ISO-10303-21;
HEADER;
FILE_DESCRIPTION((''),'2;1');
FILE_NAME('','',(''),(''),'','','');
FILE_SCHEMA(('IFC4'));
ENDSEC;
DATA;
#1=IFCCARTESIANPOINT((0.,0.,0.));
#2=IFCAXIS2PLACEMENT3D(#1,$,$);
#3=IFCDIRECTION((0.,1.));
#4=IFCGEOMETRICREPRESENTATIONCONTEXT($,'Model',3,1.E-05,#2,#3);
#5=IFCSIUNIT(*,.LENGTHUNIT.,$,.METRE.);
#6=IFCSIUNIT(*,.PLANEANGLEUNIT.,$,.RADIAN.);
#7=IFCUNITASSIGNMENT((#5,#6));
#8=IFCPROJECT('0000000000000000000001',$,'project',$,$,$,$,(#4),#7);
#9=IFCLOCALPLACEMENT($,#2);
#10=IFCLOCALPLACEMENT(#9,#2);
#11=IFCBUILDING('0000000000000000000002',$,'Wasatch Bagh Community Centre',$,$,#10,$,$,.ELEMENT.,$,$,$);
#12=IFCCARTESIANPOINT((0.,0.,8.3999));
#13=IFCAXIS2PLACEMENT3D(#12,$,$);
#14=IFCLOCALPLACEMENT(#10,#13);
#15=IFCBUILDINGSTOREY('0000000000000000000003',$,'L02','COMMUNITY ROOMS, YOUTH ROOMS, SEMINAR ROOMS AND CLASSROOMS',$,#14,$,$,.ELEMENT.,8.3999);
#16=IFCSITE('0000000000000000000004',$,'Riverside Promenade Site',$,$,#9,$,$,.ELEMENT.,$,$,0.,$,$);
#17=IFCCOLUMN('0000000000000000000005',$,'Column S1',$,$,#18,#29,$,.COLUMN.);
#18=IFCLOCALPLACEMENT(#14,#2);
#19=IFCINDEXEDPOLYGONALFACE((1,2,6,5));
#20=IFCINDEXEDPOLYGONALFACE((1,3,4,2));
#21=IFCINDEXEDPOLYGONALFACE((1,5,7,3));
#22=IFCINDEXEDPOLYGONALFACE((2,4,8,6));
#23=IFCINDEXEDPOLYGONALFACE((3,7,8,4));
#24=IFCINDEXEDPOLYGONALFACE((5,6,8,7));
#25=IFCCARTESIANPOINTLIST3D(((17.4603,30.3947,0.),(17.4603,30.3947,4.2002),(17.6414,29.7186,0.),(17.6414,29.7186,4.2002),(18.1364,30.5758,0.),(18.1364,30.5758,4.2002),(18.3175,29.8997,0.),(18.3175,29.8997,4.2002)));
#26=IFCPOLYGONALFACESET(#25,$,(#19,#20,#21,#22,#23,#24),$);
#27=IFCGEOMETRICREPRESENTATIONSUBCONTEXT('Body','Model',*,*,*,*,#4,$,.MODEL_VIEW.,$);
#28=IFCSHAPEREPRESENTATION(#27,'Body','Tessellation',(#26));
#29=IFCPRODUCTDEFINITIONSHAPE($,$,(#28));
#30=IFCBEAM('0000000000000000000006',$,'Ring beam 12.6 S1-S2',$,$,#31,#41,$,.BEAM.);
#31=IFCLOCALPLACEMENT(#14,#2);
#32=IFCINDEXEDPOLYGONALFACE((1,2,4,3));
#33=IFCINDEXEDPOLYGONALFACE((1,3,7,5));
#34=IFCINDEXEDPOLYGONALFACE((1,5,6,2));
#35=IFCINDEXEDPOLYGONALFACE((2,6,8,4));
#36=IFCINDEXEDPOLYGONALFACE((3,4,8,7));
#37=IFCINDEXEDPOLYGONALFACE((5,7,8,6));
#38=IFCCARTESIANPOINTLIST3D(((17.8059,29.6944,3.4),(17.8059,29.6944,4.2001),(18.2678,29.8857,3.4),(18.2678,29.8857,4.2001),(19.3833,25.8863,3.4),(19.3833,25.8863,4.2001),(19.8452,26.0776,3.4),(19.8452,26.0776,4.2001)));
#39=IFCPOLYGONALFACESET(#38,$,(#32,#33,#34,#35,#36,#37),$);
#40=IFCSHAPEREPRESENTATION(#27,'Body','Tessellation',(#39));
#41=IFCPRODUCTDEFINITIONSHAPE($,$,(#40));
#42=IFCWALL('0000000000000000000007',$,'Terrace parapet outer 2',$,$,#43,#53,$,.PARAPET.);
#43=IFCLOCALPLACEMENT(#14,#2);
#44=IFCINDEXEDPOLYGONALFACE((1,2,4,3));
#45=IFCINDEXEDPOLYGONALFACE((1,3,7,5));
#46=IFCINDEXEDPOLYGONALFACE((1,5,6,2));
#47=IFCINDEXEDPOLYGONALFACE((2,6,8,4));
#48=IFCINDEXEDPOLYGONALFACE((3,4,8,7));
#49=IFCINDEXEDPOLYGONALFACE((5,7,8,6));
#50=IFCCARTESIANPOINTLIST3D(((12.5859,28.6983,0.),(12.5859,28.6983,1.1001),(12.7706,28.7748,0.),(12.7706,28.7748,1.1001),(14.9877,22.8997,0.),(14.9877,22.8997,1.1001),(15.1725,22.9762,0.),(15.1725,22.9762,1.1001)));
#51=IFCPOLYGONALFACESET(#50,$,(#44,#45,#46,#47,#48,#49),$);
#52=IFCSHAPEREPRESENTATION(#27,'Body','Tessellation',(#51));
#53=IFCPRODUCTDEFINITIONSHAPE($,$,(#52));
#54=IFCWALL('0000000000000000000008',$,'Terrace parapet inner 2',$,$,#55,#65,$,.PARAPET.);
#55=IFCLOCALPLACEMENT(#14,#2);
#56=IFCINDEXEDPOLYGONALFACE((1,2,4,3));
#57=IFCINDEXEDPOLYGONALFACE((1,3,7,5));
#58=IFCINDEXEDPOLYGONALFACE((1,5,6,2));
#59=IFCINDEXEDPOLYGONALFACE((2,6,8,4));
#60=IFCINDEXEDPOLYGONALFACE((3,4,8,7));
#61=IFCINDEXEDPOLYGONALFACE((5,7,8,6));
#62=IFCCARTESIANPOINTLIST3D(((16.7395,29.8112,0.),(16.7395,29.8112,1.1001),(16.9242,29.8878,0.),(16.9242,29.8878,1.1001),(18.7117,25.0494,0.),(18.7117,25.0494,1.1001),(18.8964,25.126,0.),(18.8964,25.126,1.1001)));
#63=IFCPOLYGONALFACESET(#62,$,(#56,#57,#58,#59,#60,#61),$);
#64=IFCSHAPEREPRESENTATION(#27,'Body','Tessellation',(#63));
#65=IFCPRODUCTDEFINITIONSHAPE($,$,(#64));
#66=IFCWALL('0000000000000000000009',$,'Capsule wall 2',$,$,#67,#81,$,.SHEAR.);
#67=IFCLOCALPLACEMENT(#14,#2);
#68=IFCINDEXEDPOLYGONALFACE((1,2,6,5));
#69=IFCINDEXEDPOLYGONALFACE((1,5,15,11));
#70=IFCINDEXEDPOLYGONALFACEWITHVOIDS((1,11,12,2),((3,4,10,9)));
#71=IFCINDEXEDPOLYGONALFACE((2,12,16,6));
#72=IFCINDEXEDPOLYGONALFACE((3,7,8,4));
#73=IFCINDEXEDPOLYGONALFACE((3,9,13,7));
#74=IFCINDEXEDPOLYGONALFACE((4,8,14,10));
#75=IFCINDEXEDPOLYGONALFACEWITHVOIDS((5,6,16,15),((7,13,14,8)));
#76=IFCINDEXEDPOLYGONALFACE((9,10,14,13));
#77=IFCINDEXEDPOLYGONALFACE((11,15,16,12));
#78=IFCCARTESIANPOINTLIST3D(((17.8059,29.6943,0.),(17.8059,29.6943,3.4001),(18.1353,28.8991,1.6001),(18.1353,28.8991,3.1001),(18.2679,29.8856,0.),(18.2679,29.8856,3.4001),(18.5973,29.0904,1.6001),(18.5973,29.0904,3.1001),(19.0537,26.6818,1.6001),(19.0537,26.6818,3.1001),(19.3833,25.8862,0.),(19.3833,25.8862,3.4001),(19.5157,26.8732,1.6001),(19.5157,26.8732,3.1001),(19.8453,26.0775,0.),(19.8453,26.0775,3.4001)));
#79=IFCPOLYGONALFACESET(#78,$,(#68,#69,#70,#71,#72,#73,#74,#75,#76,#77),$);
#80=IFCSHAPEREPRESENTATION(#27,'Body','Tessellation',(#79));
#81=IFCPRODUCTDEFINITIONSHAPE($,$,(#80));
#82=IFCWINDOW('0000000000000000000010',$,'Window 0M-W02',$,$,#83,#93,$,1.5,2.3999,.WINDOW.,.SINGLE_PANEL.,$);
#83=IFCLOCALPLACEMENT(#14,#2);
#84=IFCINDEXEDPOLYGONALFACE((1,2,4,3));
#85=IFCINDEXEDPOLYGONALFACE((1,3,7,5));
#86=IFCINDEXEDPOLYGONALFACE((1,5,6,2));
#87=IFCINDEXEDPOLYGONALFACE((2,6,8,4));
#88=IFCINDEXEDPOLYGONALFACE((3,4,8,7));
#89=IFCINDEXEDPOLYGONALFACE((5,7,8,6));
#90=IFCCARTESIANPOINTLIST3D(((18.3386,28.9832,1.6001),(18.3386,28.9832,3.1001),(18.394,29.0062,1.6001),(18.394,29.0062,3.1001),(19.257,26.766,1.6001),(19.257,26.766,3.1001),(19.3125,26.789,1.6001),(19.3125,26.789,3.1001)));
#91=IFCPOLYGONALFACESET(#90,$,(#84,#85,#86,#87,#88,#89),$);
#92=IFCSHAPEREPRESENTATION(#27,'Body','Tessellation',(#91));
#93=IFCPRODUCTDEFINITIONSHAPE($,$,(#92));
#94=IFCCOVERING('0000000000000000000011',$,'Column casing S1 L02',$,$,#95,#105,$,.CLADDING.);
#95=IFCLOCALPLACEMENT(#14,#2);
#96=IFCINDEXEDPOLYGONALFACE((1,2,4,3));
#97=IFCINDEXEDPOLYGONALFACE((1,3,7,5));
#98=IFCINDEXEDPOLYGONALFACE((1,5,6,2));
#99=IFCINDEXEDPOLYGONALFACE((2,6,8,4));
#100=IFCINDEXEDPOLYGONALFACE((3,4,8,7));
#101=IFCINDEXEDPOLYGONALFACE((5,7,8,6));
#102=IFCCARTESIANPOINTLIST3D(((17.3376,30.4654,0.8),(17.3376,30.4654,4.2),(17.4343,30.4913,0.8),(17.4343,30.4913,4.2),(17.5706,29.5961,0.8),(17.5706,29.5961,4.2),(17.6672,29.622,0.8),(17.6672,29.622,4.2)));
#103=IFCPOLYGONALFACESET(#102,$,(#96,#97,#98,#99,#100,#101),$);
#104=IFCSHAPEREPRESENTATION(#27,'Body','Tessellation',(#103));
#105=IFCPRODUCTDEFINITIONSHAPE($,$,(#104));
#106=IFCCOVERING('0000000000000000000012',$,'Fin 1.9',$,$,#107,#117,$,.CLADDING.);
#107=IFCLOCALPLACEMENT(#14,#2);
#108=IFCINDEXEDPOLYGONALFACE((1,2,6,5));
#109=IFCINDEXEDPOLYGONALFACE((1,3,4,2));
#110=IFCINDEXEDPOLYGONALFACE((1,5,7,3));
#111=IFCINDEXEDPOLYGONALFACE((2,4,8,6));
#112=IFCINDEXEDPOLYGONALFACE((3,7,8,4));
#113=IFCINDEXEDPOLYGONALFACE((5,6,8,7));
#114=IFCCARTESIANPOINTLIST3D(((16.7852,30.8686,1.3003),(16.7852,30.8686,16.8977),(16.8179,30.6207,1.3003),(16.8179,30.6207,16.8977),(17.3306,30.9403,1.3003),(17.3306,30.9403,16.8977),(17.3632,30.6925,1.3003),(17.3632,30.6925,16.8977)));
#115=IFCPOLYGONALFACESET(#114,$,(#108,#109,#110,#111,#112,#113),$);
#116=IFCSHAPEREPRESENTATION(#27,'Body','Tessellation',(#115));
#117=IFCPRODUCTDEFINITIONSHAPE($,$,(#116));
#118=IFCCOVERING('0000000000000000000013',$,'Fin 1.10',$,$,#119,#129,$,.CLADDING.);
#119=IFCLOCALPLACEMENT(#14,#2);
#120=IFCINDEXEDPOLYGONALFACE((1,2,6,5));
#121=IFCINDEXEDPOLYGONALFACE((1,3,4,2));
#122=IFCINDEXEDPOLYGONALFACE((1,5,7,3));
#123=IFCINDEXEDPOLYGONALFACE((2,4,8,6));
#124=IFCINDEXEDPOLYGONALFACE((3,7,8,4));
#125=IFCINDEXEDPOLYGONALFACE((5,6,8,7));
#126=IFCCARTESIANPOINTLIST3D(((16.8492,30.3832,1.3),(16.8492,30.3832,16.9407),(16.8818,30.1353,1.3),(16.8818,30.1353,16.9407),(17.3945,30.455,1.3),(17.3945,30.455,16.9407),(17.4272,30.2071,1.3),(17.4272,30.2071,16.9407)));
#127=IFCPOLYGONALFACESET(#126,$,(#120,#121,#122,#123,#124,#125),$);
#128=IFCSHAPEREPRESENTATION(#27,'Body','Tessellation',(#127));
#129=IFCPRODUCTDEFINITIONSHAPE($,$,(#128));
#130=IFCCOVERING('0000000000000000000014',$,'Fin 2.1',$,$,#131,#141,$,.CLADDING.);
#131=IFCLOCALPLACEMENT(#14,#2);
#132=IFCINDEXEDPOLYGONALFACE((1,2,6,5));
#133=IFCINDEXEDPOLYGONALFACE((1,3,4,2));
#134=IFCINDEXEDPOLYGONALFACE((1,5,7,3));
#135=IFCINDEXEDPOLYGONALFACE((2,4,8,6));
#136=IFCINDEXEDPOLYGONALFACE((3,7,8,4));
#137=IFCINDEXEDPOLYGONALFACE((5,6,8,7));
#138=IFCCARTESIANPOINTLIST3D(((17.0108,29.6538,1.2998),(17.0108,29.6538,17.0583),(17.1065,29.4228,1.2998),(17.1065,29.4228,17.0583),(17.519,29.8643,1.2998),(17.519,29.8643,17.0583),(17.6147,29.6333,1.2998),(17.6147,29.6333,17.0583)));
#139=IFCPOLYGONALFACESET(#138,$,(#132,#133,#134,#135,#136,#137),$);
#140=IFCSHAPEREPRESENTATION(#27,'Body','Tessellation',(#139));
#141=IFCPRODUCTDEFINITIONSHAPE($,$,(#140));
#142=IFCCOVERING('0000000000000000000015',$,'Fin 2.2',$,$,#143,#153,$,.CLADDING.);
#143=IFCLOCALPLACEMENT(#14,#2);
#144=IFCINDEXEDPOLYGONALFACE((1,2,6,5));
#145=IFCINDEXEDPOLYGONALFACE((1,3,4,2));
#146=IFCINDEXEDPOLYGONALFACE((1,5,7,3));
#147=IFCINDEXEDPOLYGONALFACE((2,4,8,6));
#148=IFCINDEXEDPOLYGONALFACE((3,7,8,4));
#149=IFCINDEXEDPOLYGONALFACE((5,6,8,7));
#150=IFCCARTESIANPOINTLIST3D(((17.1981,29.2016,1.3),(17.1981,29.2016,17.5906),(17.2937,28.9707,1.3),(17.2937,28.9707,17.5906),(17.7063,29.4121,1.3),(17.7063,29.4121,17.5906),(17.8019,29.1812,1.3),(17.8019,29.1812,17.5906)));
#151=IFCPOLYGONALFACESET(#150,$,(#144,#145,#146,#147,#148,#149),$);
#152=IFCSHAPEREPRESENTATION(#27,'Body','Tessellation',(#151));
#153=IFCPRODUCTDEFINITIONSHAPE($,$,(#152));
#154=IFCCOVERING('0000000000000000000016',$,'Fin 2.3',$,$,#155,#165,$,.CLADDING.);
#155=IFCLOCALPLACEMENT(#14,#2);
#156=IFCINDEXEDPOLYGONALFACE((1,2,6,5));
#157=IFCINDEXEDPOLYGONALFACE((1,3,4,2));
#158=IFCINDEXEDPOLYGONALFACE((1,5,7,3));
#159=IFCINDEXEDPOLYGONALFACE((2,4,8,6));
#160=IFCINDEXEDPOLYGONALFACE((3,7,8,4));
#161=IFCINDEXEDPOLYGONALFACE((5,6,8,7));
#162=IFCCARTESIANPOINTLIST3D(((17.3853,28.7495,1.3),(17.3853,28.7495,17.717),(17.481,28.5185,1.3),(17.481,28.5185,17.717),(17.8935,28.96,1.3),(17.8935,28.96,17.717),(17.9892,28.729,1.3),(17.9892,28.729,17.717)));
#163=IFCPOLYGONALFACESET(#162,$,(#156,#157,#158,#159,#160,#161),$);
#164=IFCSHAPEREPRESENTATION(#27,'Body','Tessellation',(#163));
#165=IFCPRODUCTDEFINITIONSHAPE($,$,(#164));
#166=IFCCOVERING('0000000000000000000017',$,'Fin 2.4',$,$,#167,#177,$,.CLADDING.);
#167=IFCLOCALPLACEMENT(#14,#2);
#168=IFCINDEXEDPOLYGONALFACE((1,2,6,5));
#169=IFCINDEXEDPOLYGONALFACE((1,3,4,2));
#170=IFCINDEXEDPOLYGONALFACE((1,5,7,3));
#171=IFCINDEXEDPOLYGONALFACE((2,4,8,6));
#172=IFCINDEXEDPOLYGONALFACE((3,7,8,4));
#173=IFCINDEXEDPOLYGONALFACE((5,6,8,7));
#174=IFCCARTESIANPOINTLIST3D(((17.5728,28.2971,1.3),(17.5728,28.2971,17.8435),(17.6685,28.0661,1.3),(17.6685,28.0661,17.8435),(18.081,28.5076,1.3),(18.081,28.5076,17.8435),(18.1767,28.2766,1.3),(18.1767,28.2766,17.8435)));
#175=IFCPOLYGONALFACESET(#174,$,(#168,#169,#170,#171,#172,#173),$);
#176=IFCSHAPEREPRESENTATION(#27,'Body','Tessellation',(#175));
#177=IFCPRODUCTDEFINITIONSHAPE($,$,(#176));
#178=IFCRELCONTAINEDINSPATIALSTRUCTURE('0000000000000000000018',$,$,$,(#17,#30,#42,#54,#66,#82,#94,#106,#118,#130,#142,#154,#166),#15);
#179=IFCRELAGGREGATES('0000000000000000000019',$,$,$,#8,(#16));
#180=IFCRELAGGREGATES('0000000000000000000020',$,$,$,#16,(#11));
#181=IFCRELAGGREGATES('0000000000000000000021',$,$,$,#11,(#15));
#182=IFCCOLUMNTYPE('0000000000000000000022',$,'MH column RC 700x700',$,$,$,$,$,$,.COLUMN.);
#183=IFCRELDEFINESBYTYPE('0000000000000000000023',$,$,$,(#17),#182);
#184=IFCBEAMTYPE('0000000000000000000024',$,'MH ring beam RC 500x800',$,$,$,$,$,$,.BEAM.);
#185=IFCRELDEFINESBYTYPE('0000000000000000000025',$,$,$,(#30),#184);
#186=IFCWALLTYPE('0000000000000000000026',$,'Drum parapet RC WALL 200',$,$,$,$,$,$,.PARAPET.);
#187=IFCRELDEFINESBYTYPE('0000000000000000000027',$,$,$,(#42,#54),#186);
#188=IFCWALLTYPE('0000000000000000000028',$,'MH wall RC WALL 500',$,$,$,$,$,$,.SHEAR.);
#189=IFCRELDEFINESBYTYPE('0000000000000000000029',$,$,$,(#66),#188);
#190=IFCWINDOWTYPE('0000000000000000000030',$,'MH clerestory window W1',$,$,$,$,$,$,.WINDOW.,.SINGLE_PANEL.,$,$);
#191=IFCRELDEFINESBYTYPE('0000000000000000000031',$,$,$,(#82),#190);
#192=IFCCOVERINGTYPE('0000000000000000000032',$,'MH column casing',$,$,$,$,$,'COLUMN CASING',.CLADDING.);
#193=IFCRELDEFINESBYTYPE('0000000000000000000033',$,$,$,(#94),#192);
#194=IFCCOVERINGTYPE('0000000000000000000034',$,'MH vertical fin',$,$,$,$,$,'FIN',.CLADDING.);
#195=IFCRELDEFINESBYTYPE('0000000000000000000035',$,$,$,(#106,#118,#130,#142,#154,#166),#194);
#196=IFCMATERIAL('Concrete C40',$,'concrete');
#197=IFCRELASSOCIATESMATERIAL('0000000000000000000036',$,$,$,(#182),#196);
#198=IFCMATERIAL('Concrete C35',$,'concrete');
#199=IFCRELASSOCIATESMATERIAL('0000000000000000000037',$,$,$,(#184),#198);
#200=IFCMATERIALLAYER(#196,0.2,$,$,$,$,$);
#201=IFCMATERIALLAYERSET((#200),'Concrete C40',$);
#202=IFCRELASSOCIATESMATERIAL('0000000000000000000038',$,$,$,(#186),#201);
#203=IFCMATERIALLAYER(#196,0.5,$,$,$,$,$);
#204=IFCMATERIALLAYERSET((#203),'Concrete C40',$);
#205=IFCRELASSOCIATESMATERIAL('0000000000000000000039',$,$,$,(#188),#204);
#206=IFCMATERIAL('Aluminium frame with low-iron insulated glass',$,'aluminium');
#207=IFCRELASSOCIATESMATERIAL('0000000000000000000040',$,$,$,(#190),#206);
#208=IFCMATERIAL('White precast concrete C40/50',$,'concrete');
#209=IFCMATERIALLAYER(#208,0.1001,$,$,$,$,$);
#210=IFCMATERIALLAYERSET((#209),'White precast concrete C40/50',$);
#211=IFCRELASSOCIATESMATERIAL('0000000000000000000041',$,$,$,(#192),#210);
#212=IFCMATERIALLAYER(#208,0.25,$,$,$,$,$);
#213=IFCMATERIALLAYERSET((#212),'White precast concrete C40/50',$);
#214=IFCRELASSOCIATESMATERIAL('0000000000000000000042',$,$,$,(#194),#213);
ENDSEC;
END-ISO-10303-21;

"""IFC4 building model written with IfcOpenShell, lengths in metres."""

from ifc_helpers import new_model, si_unit, direction, frame, frame_2d, origin, origin_2d, place, context, subcontext, project, spatial, rectangle, extrude, material, layer, layer_set, material_profile, profile_set, type_object, element, fill, save


model = new_model("IFC4")

# Units and contexts
model_context = context("Model", 3, precision=1e-05, world=origin(), true_north=direction((0.0, 1.0)))
body_context = subcontext(model_context, "Body", "Model", "MODEL_VIEW")
ifc_project = project(units=[si_unit("LENGTHUNIT", "METRE"), si_unit("PLANEANGLEUNIT", "RADIAN")], contexts=[model_context])

# Site, building, storey
site_placement = place(None, origin())
site = spatial("IfcSite", under=ifc_project, at=site_placement, Name="Riverside Promenade Site", CompositionType="ELEMENT", RefElevation=0.0)
building_placement = place(site_placement, origin())
building = spatial("IfcBuilding", under=site, at=building_placement, Name="Wasatch Bagh Community Centre", CompositionType="ELEMENT")
storey_placement = place(building_placement, frame((0.0, 0.0, 8.3999)))
storey = spatial("IfcBuildingStorey", under=building, at=storey_placement, Name="L02", Description="COMMUNITY ROOMS, YOUTH ROOMS, SEMINAR ROOMS AND CLASSROOMS", CompositionType="ELEMENT", Elevation=8.3999)

# Column
ifc_material_1 = material(Name="Concrete C40", Category="concrete")
ifc_material_profile_1 = material_profile(ifc_material_1, rectangle(XDim=0.7, YDim=0.7, at=origin_2d()), Name="RC 700x700")
ifc_profile_set_1 = profile_set([ifc_material_profile_1], Name="Concrete C40")
column_type = type_object("IfcColumnType", Name="MH column RC 700x700", PredefinedType="COLUMN", material=ifc_profile_set_1)
column_placement = place(storey_placement, frame((17.8889, 30.1472, 0.0), z_axis=(0.0, 0.0, 1.0), x_axis=(0.965926, 0.258819, 0.0)))
element("IfcColumn", 1, at=column_placement, inside=storey, type_object=column_type, Name="Column S1", PredefinedType="COLUMN", context=body_context, shape_type="SweptSolid", body=[
    extrude(rectangle(XDim=0.7, YDim=0.7, at=origin_2d()), origin(), (0.0, 0.0, 1.0), 4.2002),
])

# Beam
ifc_material_2 = material(Name="Concrete C35", Category="concrete")
ifc_material_profile_2 = material_profile(ifc_material_2, rectangle(XDim=0.5, YDim=0.8, at=origin_2d()), Name="RC 500x800")
ifc_profile_set_2 = profile_set([ifc_material_profile_2], Name="Concrete C35")
beam_type = type_object("IfcBeamType", Name="MH ring beam RC 500x800", PredefinedType="BEAM", material=ifc_profile_set_2)
beam_placement = place(storey_placement, frame((18.0369, 29.79, 3.8), z_axis=(0.382688, -0.923878, 0.0), x_axis=(0.923878, 0.382688, 0.0)))
element("IfcBeam", 2, at=beam_placement, inside=storey, type_object=beam_type, Name="Ring beam 12.6 S1-S2", PredefinedType="BEAM", context=body_context, shape_type="SweptSolid", body=[
    extrude(rectangle(XDim=0.5, YDim=0.8, at=origin_2d()), origin(), (0.0, 0.0, 1.0), 4.1218),
])

# Walls
ifc_layer_1 = layer(ifc_material_1, 0.2)
ifc_layer_set_1 = layer_set([ifc_layer_1], Name="Concrete C40")
wall_type_1 = type_object("IfcWallType", Name="Drum parapet RC WALL 200", PredefinedType="PARAPET", material=ifc_layer_set_1)
wall_1_placement = place(storey_placement, frame((12.6782, 28.7366, 0.0), z_axis=(0.0, 0.0, 1.0), x_axis=(0.382684, -0.923879, 0.0)))
element("IfcWall", 3, at=wall_1_placement, inside=storey, type_object=wall_type_1, Name="Terrace parapet outer 2", PredefinedType="PARAPET", context=body_context, shape_type="SweptSolid", body=[
    extrude(rectangle(XDim=6.2764, YDim=0.2, at=frame_2d((3.1382, 0.0))), origin(), (0.0, 0.0, 1.0), 1.1001),
])
wall_2_placement = place(storey_placement, frame((16.8318, 29.8496, 0.0), z_axis=(0.0, 0.0, 1.0), x_axis=(0.38265, -0.923893, 0.0)))
element("IfcWall", 4, at=wall_2_placement, inside=storey, type_object=wall_type_1, Name="Terrace parapet inner 2", PredefinedType="PARAPET", context=body_context, shape_type="SweptSolid", body=[
    extrude(rectangle(XDim=5.1541, YDim=0.2, at=frame_2d((2.5771, 0.0))), origin(), (0.0, 0.0, 1.0), 1.1001),
])

# Wall, opening, window
ifc_layer_2 = layer(ifc_material_1, 0.5)
ifc_layer_set_2 = layer_set([ifc_layer_2], Name="Concrete C40")
wall_type_2 = type_object("IfcWallType", Name="MH wall RC WALL 500", PredefinedType="SHEAR", material=ifc_layer_set_2)
wall_3_placement = place(storey_placement, frame((18.0369, 29.79, 0.0), z_axis=(0.0, 0.0, 1.0), x_axis=(0.382688, -0.923878, 0.0)))
wall_3 = element("IfcWall", 5, at=wall_3_placement, inside=storey, type_object=wall_type_2, Name="Capsule wall 2", PredefinedType="SHEAR", context=body_context, shape_type="SweptSolid", body=[
    extrude(rectangle(XDim=4.1218, YDim=0.5, at=frame_2d((2.061, 0.0))), origin(), (0.0, 0.0, 1.0), 3.4001),
])
opening_placement = place(wall_3_placement, frame((0.8608, 0.0, 1.6001)))
opening = element("IfcOpeningElement", 6, at=opening_placement, cuts=wall_3, PredefinedType="OPENING", context=body_context, shape_type="SweptSolid", body=[
    extrude(rectangle(XDim=2.3999, YDim=1.5, at=frame_2d((1.2, 0.75))), frame((0.0, 0.26, 0.0), z_axis=(0.0, -1.0, 0.0), x_axis=(1.0, 0.0, 0.0)), (0.0, 0.0, 1.0), 0.52),
])
ifc_material_3 = material(Name="Aluminium frame with low-iron insulated glass", Category="aluminium")
window_type = type_object("IfcWindowType", Name="MH clerestory window W1", PartitioningType="SINGLE_PANEL", PredefinedType="WINDOW", material=ifc_material_3)
window_placement = place(opening_placement, origin())
window = element("IfcWindow", 7, at=window_placement, inside=storey, type_object=window_type, Name="Window 0M-W02", OverallHeight=1.5, OverallWidth=2.3999, PartitioningType="SINGLE_PANEL", PredefinedType="WINDOW", context=body_context, shape_type="SweptSolid", body=[
    extrude(rectangle(XDim=2.3999, YDim=1.5, at=frame_2d((1.2, 0.75))), frame((0.0, 0.03, 0.0), z_axis=(0.0, -1.0, 0.0), x_axis=(1.0, 0.0, 0.0)), (0.0, 0.0, 1.0), 0.0601),
])
fill(opening, window)

# Coverings
ifc_material_4 = material(Name="White precast concrete C40/50", Category="concrete")
ifc_layer_3 = layer(ifc_material_4, 0.1001)
ifc_layer_set_3 = layer_set([ifc_layer_3], Name="White precast concrete C40/50")
covering_type_1 = type_object("IfcCoveringType", Name="MH column casing", ElementType="COLUMN CASING", PredefinedType="CLADDING", material=ifc_layer_set_3)
covering_1_placement = place(storey_placement, frame((17.5024, 30.0437, 0.8), z_axis=(0.0, 0.0, 1.0), x_axis=(0.258819, -0.965926, 0.0)))
element("IfcCovering", 8, at=covering_1_placement, inside=storey, type_object=covering_type_1, Name="Column casing S1 L02", PredefinedType="CLADDING", context=body_context, shape_type="SweptSolid", body=[
    extrude(rectangle(XDim=0.8999, YDim=0.1001, at=origin_2d()), origin(), (0.0, 0.0, 1.0), 3.3999),
])
ifc_layer_4 = layer(ifc_material_4, 0.25)
ifc_layer_set_4 = layer_set([ifc_layer_4], Name="White precast concrete C40/50")
covering_type_2 = type_object("IfcCoveringType", Name="MH vertical fin", ElementType="FIN", PredefinedType="CLADDING", material=ifc_layer_set_4)
covering_2_placement = place(storey_placement, frame((17.0742, 30.7805, 1.3003), z_axis=(0.0, 0.0, 1.0), x_axis=(0.130526, -0.991445, 0.0)))
element("IfcCovering", 9, at=covering_2_placement, inside=storey, type_object=covering_type_2, Name="Fin 1.9", PredefinedType="CLADDING", context=body_context, shape_type="SweptSolid", body=[
    extrude(rectangle(XDim=0.25, YDim=0.55, at=origin_2d()), origin(), (0.0, 0.0, 1.0), 15.5974),
])
covering_3_placement = place(storey_placement, frame((17.1382, 30.2952, 1.3), z_axis=(0.0, 0.0, 1.0), x_axis=(0.130526, -0.991445, 0.0)))
element("IfcCovering", 10, at=covering_3_placement, inside=storey, type_object=covering_type_2, Name="Fin 1.10", PredefinedType="CLADDING", context=body_context, shape_type="SweptSolid", body=[
    extrude(rectangle(XDim=0.25, YDim=0.55, at=origin_2d()), origin(), (0.0, 0.0, 1.0), 15.6406),
])
covering_4_placement = place(storey_placement, frame((17.3127, 29.6436, 1.2998), z_axis=(0.0, 0.0, 1.0), x_axis=(0.382683, -0.92388, 0.0)))
element("IfcCovering", 11, at=covering_4_placement, inside=storey, type_object=covering_type_2, Name="Fin 2.1", PredefinedType="CLADDING", context=body_context, shape_type="SweptSolid", body=[
    extrude(rectangle(XDim=0.25, YDim=0.55, at=origin_2d()), origin(), (0.0, 0.0, 1.0), 15.7585),
])
covering_5_placement = place(storey_placement, frame((17.5, 29.1914, 1.3), z_axis=(0.0, 0.0, 1.0), x_axis=(0.382683, -0.92388, 0.0)))
element("IfcCovering", 12, at=covering_5_placement, inside=storey, type_object=covering_type_2, Name="Fin 2.2", PredefinedType="CLADDING", context=body_context, shape_type="SweptSolid", body=[
    extrude(rectangle(XDim=0.25, YDim=0.55, at=origin_2d()), origin(), (0.0, 0.0, 1.0), 16.2905),
])
covering_6_placement = place(storey_placement, frame((17.6873, 28.7393, 1.3), z_axis=(0.0, 0.0, 1.0), x_axis=(0.382683, -0.92388, 0.0)))
element("IfcCovering", 13, at=covering_6_placement, inside=storey, type_object=covering_type_2, Name="Fin 2.3", PredefinedType="CLADDING", context=body_context, shape_type="SweptSolid", body=[
    extrude(rectangle(XDim=0.25, YDim=0.55, at=origin_2d()), origin(), (0.0, 0.0, 1.0), 16.417),
])
covering_7_placement = place(storey_placement, frame((17.8748, 28.2869, 1.3), z_axis=(0.0, 0.0, 1.0), x_axis=(0.382683, -0.92388, 0.0)))
element("IfcCovering", 14, at=covering_7_placement, inside=storey, type_object=covering_type_2, Name="Fin 2.4", PredefinedType="CLADDING", context=body_context, shape_type="SweptSolid", body=[
    extrude(rectangle(XDim=0.25, YDim=0.55, at=origin_2d()), origin(), (0.0, 0.0, 1.0), 16.5435),
])

save(model, "model.ifc")
